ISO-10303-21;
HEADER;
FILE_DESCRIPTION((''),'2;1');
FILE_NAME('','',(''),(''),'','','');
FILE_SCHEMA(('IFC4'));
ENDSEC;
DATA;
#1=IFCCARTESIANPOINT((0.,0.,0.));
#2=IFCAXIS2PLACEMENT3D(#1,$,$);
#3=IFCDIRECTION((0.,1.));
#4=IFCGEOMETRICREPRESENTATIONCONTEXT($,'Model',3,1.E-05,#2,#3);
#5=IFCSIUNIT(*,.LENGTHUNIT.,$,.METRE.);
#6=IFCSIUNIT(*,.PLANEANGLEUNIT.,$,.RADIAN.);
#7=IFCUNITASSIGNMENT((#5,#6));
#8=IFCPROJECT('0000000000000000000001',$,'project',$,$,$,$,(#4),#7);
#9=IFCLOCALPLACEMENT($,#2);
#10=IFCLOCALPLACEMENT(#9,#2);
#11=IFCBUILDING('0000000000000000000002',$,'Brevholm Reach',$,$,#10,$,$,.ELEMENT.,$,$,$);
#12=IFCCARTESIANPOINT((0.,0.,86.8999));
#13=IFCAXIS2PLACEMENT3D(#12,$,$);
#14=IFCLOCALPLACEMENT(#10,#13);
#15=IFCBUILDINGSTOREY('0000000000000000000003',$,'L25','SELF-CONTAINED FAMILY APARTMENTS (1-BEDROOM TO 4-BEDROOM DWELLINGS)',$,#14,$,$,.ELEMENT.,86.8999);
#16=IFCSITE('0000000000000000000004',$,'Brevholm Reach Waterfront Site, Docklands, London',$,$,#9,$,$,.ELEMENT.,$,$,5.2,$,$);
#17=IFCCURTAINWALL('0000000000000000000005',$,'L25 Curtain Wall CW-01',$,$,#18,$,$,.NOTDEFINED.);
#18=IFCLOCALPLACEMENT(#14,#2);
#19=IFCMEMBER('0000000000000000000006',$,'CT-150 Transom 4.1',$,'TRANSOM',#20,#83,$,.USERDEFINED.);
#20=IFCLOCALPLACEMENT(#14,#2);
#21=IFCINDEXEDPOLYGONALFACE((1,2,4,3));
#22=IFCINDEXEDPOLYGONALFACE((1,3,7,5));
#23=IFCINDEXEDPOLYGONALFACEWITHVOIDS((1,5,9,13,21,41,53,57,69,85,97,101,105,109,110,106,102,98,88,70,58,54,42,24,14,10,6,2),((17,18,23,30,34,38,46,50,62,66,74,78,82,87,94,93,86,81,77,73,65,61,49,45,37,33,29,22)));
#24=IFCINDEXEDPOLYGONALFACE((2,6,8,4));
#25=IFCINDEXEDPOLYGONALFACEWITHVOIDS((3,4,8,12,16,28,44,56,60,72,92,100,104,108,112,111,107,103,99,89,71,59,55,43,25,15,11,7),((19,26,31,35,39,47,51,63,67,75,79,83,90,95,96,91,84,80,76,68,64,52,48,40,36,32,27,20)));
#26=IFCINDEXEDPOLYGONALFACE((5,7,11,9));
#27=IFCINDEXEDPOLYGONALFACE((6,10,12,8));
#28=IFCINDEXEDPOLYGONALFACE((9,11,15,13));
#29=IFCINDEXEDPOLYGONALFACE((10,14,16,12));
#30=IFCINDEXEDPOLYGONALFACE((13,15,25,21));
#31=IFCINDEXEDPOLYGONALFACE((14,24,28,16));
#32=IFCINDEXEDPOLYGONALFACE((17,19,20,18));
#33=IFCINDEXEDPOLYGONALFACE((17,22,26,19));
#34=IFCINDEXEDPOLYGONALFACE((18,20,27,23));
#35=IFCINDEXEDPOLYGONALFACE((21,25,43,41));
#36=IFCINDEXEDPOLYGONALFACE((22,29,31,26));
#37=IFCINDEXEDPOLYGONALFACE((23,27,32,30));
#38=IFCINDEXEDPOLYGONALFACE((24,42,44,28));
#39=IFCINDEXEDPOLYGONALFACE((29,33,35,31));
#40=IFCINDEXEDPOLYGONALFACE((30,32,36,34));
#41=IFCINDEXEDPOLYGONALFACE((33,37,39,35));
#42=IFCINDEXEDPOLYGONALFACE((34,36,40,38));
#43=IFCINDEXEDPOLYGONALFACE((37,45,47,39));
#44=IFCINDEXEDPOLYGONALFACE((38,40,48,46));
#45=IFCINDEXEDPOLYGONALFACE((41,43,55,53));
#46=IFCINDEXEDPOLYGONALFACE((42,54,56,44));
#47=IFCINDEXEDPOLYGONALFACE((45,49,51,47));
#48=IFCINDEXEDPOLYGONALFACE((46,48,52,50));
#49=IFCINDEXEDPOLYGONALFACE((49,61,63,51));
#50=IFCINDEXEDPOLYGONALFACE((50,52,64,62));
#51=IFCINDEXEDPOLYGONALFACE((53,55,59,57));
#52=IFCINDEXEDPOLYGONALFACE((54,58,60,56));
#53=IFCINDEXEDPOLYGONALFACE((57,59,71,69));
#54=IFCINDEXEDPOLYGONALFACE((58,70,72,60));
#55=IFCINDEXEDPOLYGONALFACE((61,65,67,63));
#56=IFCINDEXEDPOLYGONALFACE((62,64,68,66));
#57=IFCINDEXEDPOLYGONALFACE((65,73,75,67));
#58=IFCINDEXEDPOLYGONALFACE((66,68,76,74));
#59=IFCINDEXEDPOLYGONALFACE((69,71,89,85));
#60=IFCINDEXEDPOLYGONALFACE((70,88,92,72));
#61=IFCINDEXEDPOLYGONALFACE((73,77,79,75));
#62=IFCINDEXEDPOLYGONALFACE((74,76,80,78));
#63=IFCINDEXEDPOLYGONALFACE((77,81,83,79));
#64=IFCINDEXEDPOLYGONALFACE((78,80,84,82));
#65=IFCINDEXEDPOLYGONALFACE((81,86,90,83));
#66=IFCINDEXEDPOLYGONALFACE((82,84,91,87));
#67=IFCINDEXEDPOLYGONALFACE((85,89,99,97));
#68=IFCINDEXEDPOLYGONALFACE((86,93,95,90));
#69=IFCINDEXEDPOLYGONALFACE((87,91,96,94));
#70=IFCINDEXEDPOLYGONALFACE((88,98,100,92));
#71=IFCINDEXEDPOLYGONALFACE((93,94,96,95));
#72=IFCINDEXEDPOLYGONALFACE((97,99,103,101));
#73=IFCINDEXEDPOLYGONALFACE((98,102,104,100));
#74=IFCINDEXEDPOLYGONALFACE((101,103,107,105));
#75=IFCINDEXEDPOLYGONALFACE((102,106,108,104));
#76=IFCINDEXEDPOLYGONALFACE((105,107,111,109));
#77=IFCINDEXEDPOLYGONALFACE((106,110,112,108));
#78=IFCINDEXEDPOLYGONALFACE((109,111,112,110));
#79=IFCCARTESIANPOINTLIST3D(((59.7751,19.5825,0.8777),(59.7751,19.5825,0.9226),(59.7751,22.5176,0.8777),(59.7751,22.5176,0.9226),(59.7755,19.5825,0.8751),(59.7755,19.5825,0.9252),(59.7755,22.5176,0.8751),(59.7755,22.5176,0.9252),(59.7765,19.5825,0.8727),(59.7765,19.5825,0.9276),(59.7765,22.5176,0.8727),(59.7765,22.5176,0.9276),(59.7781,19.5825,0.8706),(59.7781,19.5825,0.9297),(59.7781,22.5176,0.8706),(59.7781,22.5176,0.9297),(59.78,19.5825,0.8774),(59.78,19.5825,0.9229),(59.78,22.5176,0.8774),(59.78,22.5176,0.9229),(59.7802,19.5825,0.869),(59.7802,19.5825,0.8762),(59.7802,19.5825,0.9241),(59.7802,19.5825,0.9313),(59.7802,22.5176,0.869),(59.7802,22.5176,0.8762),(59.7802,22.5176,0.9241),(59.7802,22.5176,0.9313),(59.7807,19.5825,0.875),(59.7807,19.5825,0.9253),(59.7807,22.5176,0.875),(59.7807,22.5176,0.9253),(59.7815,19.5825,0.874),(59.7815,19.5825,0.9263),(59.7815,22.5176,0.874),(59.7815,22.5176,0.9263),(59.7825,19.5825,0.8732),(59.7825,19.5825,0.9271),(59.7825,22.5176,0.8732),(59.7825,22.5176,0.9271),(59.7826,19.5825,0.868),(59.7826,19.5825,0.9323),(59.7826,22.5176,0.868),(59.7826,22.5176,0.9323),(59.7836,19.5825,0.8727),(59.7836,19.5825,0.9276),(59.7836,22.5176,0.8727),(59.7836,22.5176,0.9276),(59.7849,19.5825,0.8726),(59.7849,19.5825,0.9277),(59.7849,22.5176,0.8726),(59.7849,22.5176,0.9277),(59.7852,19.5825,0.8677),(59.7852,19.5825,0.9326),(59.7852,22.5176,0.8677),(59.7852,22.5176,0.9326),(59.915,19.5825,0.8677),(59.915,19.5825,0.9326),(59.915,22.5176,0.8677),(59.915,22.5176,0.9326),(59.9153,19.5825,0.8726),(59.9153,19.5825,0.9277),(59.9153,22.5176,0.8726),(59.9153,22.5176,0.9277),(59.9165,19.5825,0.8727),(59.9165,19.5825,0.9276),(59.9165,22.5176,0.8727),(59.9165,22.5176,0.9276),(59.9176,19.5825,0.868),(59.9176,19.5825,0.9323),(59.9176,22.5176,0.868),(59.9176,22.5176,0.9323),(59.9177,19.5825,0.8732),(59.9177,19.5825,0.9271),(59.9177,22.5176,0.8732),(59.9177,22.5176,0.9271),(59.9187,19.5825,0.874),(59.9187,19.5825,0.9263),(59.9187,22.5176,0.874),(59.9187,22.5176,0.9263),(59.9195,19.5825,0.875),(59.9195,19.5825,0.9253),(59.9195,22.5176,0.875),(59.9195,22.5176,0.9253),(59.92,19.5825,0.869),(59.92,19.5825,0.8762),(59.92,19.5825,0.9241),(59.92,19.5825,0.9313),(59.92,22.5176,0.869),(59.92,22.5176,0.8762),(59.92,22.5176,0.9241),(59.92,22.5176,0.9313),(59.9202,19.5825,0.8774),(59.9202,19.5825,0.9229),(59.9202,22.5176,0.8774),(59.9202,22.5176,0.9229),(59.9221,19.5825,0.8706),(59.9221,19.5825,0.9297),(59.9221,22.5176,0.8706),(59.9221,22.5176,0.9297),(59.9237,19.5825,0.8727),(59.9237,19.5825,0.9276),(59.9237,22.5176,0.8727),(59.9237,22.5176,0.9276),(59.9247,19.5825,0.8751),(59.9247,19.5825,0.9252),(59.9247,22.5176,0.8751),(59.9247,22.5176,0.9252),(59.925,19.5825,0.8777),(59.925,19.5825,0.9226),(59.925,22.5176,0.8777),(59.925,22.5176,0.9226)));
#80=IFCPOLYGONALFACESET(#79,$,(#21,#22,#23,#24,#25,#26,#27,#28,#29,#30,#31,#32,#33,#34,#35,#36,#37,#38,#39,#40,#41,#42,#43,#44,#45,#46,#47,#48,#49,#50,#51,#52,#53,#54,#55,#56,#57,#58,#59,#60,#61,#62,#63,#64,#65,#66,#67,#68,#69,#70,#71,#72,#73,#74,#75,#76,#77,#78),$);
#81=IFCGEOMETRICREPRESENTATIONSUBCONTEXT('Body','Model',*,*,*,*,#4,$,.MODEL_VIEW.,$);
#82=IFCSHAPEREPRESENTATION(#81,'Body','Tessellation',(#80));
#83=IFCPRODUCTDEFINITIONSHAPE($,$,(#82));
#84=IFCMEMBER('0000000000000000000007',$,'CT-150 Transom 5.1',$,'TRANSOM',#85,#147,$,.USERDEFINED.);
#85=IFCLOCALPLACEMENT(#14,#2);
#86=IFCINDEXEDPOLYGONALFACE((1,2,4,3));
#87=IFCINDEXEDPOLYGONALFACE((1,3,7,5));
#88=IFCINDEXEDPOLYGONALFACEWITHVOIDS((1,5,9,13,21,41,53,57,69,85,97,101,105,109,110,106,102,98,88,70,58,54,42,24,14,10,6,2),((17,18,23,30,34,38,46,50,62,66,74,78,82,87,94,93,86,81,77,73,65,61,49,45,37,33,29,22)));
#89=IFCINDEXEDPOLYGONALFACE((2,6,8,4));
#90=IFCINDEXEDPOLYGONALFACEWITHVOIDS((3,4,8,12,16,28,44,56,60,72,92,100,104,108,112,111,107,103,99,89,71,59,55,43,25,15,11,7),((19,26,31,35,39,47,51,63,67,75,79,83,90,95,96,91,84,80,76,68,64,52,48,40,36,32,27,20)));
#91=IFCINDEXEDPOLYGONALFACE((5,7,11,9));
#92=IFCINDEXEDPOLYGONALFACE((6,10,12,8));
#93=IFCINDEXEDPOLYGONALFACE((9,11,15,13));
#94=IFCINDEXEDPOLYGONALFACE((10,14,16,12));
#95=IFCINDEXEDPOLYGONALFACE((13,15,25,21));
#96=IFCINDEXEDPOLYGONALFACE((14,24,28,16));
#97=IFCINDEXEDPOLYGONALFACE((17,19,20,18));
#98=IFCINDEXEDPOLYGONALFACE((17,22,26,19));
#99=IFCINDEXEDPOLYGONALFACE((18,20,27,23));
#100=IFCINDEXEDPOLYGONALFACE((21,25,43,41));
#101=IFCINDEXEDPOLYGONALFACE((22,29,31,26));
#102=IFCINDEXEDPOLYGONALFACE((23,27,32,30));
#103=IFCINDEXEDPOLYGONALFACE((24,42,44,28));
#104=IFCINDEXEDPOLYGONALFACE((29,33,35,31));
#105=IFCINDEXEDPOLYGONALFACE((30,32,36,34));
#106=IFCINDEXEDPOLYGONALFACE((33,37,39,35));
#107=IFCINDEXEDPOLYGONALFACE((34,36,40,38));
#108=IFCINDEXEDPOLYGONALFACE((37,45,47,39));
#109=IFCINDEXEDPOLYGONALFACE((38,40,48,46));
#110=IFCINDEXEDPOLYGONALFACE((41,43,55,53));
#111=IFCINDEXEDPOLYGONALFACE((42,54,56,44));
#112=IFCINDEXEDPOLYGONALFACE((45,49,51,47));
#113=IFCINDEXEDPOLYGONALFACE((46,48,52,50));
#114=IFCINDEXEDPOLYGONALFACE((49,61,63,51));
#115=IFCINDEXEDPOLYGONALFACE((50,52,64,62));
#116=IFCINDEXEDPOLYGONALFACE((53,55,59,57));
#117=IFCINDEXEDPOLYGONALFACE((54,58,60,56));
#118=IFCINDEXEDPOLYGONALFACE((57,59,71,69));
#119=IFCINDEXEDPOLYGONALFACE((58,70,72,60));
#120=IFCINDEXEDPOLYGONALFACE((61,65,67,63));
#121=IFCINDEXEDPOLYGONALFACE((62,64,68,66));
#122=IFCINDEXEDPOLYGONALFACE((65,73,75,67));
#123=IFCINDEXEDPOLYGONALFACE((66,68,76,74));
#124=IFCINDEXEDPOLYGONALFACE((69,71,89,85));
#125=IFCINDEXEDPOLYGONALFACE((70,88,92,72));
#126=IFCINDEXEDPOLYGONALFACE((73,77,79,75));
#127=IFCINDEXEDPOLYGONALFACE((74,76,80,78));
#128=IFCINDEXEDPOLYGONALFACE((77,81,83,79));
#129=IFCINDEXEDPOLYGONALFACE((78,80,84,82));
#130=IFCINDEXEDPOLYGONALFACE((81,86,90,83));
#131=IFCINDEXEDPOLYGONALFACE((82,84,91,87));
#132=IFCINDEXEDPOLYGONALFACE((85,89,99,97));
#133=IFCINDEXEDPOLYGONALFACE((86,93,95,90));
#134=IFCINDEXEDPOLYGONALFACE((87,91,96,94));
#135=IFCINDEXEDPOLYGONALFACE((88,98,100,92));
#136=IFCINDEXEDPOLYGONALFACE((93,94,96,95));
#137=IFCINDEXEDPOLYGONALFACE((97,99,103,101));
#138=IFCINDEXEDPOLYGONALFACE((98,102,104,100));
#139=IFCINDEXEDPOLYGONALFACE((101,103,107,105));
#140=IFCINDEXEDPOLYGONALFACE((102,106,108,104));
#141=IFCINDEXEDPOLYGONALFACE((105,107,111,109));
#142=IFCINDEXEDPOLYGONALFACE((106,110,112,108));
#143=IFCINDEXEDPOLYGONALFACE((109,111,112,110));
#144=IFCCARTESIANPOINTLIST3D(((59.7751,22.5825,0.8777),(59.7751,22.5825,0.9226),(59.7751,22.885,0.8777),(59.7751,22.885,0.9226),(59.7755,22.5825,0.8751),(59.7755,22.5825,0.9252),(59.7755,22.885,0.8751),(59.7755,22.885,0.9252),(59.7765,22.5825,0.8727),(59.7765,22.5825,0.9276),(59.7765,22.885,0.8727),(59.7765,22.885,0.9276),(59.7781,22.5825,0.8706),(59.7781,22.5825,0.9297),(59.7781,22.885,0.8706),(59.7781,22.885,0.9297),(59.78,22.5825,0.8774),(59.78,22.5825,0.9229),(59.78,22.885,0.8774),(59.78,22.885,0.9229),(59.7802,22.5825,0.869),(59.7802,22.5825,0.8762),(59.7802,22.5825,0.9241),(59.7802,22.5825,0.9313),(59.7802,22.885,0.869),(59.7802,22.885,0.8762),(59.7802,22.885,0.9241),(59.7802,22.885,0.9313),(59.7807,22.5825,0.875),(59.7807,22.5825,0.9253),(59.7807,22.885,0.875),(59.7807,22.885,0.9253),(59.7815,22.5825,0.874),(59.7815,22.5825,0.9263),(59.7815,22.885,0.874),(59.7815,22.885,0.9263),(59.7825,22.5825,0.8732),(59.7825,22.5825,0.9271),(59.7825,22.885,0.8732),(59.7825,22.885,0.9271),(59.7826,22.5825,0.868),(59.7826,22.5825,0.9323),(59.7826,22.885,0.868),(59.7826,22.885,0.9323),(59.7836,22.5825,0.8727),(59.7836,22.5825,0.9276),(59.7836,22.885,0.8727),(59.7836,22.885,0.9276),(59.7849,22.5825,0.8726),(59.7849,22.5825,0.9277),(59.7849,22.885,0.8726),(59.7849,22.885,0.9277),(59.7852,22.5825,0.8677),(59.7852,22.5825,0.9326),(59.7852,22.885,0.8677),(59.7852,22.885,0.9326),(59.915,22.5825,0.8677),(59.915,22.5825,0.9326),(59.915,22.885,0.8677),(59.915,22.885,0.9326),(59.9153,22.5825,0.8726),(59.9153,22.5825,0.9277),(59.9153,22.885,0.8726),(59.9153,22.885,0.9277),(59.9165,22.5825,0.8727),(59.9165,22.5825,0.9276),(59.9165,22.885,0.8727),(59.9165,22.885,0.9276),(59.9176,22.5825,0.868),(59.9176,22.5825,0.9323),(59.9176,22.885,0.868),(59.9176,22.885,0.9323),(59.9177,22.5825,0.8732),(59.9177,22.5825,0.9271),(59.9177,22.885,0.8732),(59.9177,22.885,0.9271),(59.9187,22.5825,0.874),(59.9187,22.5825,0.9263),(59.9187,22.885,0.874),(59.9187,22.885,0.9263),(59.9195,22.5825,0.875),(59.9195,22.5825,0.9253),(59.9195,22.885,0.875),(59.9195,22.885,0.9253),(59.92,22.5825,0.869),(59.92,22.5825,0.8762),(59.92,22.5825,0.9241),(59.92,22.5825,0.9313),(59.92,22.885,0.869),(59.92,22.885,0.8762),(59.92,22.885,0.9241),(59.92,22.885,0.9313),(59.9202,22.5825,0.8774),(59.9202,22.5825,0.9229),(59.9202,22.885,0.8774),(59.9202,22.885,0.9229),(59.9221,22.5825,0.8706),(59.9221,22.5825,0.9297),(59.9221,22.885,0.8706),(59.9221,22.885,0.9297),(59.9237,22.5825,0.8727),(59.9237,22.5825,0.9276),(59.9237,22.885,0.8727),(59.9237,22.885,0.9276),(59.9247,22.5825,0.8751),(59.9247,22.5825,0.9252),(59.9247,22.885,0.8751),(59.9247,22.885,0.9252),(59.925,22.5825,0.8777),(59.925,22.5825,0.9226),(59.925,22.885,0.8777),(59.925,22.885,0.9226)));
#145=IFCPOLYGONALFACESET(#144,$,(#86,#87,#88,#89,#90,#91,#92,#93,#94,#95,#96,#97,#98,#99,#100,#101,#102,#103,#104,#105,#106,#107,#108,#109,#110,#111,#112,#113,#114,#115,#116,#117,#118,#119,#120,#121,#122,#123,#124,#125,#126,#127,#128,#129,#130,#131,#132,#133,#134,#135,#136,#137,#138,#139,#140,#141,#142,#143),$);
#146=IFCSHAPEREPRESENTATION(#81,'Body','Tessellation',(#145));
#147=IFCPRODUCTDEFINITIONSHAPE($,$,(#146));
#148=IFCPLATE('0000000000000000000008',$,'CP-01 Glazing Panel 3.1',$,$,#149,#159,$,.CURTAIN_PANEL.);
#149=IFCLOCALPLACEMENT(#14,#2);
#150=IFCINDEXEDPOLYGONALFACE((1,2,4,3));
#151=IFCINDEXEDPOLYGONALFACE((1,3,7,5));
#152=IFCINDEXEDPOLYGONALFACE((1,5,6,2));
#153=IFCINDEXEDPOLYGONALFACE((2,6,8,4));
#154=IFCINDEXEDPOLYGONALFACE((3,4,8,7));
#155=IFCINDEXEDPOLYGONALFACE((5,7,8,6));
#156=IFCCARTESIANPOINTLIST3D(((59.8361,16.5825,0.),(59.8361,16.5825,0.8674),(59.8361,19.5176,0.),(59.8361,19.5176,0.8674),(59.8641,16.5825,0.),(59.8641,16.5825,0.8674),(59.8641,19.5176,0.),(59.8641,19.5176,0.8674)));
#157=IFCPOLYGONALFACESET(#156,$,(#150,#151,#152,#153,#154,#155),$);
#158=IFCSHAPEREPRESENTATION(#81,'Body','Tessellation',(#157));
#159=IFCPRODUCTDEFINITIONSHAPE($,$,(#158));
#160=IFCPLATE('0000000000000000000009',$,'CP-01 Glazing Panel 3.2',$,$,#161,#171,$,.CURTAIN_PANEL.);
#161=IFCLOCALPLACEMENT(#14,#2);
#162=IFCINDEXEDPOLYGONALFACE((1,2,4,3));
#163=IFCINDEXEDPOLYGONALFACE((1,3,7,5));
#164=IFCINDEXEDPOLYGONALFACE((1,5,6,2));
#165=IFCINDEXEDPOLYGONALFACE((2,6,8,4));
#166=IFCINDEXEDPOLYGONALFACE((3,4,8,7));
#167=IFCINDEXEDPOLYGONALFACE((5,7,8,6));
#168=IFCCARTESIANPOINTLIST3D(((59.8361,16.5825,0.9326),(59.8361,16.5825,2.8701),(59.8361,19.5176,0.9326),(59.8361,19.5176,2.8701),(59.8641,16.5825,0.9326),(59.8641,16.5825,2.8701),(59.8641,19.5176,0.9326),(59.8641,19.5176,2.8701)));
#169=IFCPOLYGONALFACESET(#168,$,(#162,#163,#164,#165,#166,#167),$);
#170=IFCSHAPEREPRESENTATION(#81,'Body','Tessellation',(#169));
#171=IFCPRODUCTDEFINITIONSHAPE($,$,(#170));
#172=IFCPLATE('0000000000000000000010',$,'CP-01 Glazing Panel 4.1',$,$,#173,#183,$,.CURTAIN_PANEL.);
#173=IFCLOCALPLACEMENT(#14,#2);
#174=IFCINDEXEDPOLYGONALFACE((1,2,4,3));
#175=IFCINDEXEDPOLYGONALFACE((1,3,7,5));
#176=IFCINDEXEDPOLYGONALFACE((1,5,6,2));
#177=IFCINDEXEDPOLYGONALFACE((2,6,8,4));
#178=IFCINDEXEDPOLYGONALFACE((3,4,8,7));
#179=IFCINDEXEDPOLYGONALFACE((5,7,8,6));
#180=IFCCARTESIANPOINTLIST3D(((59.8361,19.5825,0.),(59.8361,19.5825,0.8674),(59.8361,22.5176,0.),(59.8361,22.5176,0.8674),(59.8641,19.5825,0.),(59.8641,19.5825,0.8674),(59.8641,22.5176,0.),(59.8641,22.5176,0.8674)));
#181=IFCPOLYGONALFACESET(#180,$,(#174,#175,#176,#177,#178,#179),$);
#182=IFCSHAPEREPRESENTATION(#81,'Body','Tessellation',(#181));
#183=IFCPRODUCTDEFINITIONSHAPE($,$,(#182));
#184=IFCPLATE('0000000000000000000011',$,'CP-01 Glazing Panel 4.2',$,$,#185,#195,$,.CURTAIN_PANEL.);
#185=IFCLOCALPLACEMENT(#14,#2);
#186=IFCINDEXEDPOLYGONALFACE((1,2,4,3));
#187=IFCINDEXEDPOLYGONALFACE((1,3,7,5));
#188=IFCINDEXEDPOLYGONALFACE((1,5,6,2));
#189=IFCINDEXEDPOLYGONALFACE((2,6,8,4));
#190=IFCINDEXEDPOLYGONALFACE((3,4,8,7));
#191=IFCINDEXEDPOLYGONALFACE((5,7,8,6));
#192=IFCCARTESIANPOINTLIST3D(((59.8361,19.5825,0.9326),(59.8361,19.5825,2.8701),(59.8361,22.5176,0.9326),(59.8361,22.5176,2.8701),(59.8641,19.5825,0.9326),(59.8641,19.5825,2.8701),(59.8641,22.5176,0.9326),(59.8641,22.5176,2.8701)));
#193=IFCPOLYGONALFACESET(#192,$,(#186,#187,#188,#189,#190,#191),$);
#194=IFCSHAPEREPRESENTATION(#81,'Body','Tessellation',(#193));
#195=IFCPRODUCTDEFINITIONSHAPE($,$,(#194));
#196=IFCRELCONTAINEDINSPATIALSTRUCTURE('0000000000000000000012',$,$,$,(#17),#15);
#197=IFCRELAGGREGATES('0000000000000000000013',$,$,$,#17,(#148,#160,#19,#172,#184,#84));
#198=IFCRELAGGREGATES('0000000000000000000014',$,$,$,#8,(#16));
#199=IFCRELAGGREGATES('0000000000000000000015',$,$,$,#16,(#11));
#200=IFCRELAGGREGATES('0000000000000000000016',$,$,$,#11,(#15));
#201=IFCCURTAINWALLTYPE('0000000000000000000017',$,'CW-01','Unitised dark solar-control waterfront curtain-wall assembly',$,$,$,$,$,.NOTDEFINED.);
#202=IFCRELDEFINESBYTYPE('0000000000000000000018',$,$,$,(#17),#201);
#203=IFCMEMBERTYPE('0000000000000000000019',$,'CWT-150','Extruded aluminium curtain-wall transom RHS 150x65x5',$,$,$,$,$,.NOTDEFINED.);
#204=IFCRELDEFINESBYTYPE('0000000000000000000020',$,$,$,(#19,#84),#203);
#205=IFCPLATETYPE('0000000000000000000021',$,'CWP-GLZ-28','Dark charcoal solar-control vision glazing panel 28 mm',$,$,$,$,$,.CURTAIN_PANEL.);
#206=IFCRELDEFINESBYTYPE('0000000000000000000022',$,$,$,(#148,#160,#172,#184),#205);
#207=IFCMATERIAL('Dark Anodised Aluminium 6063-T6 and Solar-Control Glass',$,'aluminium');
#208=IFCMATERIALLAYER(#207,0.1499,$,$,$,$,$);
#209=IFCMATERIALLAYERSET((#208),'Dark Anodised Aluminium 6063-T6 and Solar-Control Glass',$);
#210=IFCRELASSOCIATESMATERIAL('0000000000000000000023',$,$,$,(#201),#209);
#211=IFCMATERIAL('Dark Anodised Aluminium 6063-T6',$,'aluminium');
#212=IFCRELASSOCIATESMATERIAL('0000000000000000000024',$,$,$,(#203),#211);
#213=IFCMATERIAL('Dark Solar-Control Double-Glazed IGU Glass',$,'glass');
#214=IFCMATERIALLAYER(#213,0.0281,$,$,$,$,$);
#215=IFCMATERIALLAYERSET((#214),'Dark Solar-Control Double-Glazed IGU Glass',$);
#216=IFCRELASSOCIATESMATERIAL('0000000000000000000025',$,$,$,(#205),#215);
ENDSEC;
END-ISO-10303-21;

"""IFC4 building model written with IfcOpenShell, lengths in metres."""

from ifc_helpers import new_model, si_unit, direction, frame, origin, origin_2d, place, context, subcontext, project, spatial, rectangle, hollow_rectangle, extrude, material, layer, layer_set, material_profile, profile_set, type_object, element, aggregate, save


model = new_model("IFC4")

# Units and contexts
model_context = context("Model", 3, precision=1e-05, world=origin(), true_north=direction((0.0, 1.0)))
body_context = subcontext(model_context, "Body", "Model", "MODEL_VIEW")
ifc_project = project(units=[si_unit("LENGTHUNIT", "METRE"), si_unit("PLANEANGLEUNIT", "RADIAN")], contexts=[model_context])

# Site, building, storey
site_placement = place(None, origin())
site = spatial("IfcSite", under=ifc_project, at=site_placement, Name="Brevholm Reach Waterfront Site, Docklands, London", CompositionType="ELEMENT", RefElevation=5.2)
building_placement = place(site_placement, origin())
building = spatial("IfcBuilding", under=site, at=building_placement, Name="Brevholm Reach", CompositionType="ELEMENT")
storey_placement = place(building_placement, frame((0.0, 0.0, 86.8999)))
storey = spatial("IfcBuildingStorey", under=building, at=storey_placement, Name="L25", Description="SELF-CONTAINED FAMILY APARTMENTS (1-BEDROOM TO 4-BEDROOM DWELLINGS)", CompositionType="ELEMENT", Elevation=86.8999)

# Curtain wall, members, plates
ifc_material_1 = material(Name="Dark Anodised Aluminium 6063-T6 and Solar-Control Glass", Category="aluminium")
ifc_layer_1 = layer(ifc_material_1, 0.1499)
ifc_layer_set_1 = layer_set([ifc_layer_1], Name="Dark Anodised Aluminium 6063-T6 and Solar-Control Glass")
curtain_wall_type = type_object("IfcCurtainWallType", Name="CW-01", Description="Unitised dark solar-control waterfront curtain-wall assembly", PredefinedType="NOTDEFINED", material=ifc_layer_set_1)
curtain_wall_placement = place(storey_placement, origin())
curtain_wall = element("IfcCurtainWall", 1, at=curtain_wall_placement, inside=storey, type_object=curtain_wall_type, Name="L25 Curtain Wall CW-01", PredefinedType="NOTDEFINED")
ifc_material_2 = material(Name="Dark Anodised Aluminium 6063-T6", Category="aluminium")
ifc_material_profile_1 = material_profile(ifc_material_2, hollow_rectangle(XDim=0.0649, YDim=0.1499, WallThickness=0.0049, InnerFilletRadius=0.0049, OuterFilletRadius=0.01, at=origin_2d()), Name="RHS 150x65x5")
ifc_profile_set_1 = profile_set([ifc_material_profile_1], Name="Dark Anodised Aluminium 6063-T6")
member_type_1 = type_object("IfcMemberType", Name="CWT-150", Description="Extruded aluminium curtain-wall transom RHS 150x65x5", PredefinedType="NOTDEFINED", material=ifc_profile_set_1)
member_1_placement = place(storey_placement, frame((59.8501, 19.5825, 0.9001), z_axis=(0.0, 1.0, 0.0), x_axis=(0.0, 0.0, 1.0)))
member_1 = element("IfcMember", 2, at=member_1_placement, type_object=member_type_1, Name="CT-150 Transom 4.1", ObjectType="TRANSOM", PredefinedType="USERDEFINED", context=body_context, shape_type="SweptSolid", body=[
    extrude(hollow_rectangle(XDim=0.0649, YDim=0.1499, WallThickness=0.0049, InnerFilletRadius=0.0049, OuterFilletRadius=0.01, at=origin_2d()), origin(), (0.0, 0.0, 1.0), 2.9351),
])
member_2_placement = place(storey_placement, frame((59.8501, 22.5825, 0.9001), z_axis=(0.0, 1.0, 0.0), x_axis=(0.0, 0.0, 1.0)))
member_2 = element("IfcMember", 3, at=member_2_placement, type_object=member_type_1, Name="CT-150 Transom 5.1", ObjectType="TRANSOM", PredefinedType="USERDEFINED", context=body_context, shape_type="SweptSolid", body=[
    extrude(hollow_rectangle(XDim=0.0649, YDim=0.1499, WallThickness=0.0049, InnerFilletRadius=0.0049, OuterFilletRadius=0.01, at=origin_2d()), origin(), (0.0, 0.0, 1.0), 0.3025),
])
ifc_material_3 = material(Name="Dark Solar-Control Double-Glazed IGU Glass", Category="glass")
ifc_layer_2 = layer(ifc_material_3, 0.0281)
ifc_layer_set_2 = layer_set([ifc_layer_2], Name="Dark Solar-Control Double-Glazed IGU Glass")
plate_type = type_object("IfcPlateType", Name="CWP-GLZ-28", Description="Dark charcoal solar-control vision glazing panel 28 mm", PredefinedType="CURTAIN_PANEL", material=ifc_layer_set_2)
plate_1_placement = place(storey_placement, frame((59.8501, 18.05, 0.0), z_axis=(0.0, 0.0, 1.0), x_axis=(0.0, 1.0, 0.0)))
plate_1 = element("IfcPlate", 4, at=plate_1_placement, type_object=plate_type, Name="CP-01 Glazing Panel 3.1", PredefinedType="CURTAIN_PANEL", context=body_context, shape_type="SweptSolid", body=[
    extrude(rectangle(XDim=2.9351, YDim=0.0281, at=origin_2d()), origin(), (0.0, 0.0, 1.0), 0.8674),
])
plate_2_placement = place(storey_placement, frame((59.8501, 18.05, 0.9326), z_axis=(0.0, 0.0, 1.0), x_axis=(0.0, 1.0, 0.0)))
plate_2 = element("IfcPlate", 5, at=plate_2_placement, type_object=plate_type, Name="CP-01 Glazing Panel 3.2", PredefinedType="CURTAIN_PANEL", context=body_context, shape_type="SweptSolid", body=[
    extrude(rectangle(XDim=2.9351, YDim=0.0281, at=origin_2d()), origin(), (0.0, 0.0, 1.0), 1.9375),
])
plate_3_placement = place(storey_placement, frame((59.8501, 21.05, 0.0), z_axis=(0.0, 0.0, 1.0), x_axis=(0.0, 1.0, 0.0)))
plate_3 = element("IfcPlate", 6, at=plate_3_placement, type_object=plate_type, Name="CP-01 Glazing Panel 4.1", PredefinedType="CURTAIN_PANEL", context=body_context, shape_type="SweptSolid", body=[
    extrude(rectangle(XDim=2.9351, YDim=0.0281, at=origin_2d()), origin(), (0.0, 0.0, 1.0), 0.8674),
])
plate_4_placement = place(storey_placement, frame((59.8501, 21.05, 0.9326), z_axis=(0.0, 0.0, 1.0), x_axis=(0.0, 1.0, 0.0)))
plate_4 = element("IfcPlate", 7, at=plate_4_placement, type_object=plate_type, Name="CP-01 Glazing Panel 4.2", PredefinedType="CURTAIN_PANEL", context=body_context, shape_type="SweptSolid", body=[
    extrude(rectangle(XDim=2.9351, YDim=0.0281, at=origin_2d()), origin(), (0.0, 0.0, 1.0), 1.9375),
])
aggregate(curtain_wall, [plate_1, plate_2, member_1, plate_3, plate_4, member_2])

save(model, "model.ifc")
